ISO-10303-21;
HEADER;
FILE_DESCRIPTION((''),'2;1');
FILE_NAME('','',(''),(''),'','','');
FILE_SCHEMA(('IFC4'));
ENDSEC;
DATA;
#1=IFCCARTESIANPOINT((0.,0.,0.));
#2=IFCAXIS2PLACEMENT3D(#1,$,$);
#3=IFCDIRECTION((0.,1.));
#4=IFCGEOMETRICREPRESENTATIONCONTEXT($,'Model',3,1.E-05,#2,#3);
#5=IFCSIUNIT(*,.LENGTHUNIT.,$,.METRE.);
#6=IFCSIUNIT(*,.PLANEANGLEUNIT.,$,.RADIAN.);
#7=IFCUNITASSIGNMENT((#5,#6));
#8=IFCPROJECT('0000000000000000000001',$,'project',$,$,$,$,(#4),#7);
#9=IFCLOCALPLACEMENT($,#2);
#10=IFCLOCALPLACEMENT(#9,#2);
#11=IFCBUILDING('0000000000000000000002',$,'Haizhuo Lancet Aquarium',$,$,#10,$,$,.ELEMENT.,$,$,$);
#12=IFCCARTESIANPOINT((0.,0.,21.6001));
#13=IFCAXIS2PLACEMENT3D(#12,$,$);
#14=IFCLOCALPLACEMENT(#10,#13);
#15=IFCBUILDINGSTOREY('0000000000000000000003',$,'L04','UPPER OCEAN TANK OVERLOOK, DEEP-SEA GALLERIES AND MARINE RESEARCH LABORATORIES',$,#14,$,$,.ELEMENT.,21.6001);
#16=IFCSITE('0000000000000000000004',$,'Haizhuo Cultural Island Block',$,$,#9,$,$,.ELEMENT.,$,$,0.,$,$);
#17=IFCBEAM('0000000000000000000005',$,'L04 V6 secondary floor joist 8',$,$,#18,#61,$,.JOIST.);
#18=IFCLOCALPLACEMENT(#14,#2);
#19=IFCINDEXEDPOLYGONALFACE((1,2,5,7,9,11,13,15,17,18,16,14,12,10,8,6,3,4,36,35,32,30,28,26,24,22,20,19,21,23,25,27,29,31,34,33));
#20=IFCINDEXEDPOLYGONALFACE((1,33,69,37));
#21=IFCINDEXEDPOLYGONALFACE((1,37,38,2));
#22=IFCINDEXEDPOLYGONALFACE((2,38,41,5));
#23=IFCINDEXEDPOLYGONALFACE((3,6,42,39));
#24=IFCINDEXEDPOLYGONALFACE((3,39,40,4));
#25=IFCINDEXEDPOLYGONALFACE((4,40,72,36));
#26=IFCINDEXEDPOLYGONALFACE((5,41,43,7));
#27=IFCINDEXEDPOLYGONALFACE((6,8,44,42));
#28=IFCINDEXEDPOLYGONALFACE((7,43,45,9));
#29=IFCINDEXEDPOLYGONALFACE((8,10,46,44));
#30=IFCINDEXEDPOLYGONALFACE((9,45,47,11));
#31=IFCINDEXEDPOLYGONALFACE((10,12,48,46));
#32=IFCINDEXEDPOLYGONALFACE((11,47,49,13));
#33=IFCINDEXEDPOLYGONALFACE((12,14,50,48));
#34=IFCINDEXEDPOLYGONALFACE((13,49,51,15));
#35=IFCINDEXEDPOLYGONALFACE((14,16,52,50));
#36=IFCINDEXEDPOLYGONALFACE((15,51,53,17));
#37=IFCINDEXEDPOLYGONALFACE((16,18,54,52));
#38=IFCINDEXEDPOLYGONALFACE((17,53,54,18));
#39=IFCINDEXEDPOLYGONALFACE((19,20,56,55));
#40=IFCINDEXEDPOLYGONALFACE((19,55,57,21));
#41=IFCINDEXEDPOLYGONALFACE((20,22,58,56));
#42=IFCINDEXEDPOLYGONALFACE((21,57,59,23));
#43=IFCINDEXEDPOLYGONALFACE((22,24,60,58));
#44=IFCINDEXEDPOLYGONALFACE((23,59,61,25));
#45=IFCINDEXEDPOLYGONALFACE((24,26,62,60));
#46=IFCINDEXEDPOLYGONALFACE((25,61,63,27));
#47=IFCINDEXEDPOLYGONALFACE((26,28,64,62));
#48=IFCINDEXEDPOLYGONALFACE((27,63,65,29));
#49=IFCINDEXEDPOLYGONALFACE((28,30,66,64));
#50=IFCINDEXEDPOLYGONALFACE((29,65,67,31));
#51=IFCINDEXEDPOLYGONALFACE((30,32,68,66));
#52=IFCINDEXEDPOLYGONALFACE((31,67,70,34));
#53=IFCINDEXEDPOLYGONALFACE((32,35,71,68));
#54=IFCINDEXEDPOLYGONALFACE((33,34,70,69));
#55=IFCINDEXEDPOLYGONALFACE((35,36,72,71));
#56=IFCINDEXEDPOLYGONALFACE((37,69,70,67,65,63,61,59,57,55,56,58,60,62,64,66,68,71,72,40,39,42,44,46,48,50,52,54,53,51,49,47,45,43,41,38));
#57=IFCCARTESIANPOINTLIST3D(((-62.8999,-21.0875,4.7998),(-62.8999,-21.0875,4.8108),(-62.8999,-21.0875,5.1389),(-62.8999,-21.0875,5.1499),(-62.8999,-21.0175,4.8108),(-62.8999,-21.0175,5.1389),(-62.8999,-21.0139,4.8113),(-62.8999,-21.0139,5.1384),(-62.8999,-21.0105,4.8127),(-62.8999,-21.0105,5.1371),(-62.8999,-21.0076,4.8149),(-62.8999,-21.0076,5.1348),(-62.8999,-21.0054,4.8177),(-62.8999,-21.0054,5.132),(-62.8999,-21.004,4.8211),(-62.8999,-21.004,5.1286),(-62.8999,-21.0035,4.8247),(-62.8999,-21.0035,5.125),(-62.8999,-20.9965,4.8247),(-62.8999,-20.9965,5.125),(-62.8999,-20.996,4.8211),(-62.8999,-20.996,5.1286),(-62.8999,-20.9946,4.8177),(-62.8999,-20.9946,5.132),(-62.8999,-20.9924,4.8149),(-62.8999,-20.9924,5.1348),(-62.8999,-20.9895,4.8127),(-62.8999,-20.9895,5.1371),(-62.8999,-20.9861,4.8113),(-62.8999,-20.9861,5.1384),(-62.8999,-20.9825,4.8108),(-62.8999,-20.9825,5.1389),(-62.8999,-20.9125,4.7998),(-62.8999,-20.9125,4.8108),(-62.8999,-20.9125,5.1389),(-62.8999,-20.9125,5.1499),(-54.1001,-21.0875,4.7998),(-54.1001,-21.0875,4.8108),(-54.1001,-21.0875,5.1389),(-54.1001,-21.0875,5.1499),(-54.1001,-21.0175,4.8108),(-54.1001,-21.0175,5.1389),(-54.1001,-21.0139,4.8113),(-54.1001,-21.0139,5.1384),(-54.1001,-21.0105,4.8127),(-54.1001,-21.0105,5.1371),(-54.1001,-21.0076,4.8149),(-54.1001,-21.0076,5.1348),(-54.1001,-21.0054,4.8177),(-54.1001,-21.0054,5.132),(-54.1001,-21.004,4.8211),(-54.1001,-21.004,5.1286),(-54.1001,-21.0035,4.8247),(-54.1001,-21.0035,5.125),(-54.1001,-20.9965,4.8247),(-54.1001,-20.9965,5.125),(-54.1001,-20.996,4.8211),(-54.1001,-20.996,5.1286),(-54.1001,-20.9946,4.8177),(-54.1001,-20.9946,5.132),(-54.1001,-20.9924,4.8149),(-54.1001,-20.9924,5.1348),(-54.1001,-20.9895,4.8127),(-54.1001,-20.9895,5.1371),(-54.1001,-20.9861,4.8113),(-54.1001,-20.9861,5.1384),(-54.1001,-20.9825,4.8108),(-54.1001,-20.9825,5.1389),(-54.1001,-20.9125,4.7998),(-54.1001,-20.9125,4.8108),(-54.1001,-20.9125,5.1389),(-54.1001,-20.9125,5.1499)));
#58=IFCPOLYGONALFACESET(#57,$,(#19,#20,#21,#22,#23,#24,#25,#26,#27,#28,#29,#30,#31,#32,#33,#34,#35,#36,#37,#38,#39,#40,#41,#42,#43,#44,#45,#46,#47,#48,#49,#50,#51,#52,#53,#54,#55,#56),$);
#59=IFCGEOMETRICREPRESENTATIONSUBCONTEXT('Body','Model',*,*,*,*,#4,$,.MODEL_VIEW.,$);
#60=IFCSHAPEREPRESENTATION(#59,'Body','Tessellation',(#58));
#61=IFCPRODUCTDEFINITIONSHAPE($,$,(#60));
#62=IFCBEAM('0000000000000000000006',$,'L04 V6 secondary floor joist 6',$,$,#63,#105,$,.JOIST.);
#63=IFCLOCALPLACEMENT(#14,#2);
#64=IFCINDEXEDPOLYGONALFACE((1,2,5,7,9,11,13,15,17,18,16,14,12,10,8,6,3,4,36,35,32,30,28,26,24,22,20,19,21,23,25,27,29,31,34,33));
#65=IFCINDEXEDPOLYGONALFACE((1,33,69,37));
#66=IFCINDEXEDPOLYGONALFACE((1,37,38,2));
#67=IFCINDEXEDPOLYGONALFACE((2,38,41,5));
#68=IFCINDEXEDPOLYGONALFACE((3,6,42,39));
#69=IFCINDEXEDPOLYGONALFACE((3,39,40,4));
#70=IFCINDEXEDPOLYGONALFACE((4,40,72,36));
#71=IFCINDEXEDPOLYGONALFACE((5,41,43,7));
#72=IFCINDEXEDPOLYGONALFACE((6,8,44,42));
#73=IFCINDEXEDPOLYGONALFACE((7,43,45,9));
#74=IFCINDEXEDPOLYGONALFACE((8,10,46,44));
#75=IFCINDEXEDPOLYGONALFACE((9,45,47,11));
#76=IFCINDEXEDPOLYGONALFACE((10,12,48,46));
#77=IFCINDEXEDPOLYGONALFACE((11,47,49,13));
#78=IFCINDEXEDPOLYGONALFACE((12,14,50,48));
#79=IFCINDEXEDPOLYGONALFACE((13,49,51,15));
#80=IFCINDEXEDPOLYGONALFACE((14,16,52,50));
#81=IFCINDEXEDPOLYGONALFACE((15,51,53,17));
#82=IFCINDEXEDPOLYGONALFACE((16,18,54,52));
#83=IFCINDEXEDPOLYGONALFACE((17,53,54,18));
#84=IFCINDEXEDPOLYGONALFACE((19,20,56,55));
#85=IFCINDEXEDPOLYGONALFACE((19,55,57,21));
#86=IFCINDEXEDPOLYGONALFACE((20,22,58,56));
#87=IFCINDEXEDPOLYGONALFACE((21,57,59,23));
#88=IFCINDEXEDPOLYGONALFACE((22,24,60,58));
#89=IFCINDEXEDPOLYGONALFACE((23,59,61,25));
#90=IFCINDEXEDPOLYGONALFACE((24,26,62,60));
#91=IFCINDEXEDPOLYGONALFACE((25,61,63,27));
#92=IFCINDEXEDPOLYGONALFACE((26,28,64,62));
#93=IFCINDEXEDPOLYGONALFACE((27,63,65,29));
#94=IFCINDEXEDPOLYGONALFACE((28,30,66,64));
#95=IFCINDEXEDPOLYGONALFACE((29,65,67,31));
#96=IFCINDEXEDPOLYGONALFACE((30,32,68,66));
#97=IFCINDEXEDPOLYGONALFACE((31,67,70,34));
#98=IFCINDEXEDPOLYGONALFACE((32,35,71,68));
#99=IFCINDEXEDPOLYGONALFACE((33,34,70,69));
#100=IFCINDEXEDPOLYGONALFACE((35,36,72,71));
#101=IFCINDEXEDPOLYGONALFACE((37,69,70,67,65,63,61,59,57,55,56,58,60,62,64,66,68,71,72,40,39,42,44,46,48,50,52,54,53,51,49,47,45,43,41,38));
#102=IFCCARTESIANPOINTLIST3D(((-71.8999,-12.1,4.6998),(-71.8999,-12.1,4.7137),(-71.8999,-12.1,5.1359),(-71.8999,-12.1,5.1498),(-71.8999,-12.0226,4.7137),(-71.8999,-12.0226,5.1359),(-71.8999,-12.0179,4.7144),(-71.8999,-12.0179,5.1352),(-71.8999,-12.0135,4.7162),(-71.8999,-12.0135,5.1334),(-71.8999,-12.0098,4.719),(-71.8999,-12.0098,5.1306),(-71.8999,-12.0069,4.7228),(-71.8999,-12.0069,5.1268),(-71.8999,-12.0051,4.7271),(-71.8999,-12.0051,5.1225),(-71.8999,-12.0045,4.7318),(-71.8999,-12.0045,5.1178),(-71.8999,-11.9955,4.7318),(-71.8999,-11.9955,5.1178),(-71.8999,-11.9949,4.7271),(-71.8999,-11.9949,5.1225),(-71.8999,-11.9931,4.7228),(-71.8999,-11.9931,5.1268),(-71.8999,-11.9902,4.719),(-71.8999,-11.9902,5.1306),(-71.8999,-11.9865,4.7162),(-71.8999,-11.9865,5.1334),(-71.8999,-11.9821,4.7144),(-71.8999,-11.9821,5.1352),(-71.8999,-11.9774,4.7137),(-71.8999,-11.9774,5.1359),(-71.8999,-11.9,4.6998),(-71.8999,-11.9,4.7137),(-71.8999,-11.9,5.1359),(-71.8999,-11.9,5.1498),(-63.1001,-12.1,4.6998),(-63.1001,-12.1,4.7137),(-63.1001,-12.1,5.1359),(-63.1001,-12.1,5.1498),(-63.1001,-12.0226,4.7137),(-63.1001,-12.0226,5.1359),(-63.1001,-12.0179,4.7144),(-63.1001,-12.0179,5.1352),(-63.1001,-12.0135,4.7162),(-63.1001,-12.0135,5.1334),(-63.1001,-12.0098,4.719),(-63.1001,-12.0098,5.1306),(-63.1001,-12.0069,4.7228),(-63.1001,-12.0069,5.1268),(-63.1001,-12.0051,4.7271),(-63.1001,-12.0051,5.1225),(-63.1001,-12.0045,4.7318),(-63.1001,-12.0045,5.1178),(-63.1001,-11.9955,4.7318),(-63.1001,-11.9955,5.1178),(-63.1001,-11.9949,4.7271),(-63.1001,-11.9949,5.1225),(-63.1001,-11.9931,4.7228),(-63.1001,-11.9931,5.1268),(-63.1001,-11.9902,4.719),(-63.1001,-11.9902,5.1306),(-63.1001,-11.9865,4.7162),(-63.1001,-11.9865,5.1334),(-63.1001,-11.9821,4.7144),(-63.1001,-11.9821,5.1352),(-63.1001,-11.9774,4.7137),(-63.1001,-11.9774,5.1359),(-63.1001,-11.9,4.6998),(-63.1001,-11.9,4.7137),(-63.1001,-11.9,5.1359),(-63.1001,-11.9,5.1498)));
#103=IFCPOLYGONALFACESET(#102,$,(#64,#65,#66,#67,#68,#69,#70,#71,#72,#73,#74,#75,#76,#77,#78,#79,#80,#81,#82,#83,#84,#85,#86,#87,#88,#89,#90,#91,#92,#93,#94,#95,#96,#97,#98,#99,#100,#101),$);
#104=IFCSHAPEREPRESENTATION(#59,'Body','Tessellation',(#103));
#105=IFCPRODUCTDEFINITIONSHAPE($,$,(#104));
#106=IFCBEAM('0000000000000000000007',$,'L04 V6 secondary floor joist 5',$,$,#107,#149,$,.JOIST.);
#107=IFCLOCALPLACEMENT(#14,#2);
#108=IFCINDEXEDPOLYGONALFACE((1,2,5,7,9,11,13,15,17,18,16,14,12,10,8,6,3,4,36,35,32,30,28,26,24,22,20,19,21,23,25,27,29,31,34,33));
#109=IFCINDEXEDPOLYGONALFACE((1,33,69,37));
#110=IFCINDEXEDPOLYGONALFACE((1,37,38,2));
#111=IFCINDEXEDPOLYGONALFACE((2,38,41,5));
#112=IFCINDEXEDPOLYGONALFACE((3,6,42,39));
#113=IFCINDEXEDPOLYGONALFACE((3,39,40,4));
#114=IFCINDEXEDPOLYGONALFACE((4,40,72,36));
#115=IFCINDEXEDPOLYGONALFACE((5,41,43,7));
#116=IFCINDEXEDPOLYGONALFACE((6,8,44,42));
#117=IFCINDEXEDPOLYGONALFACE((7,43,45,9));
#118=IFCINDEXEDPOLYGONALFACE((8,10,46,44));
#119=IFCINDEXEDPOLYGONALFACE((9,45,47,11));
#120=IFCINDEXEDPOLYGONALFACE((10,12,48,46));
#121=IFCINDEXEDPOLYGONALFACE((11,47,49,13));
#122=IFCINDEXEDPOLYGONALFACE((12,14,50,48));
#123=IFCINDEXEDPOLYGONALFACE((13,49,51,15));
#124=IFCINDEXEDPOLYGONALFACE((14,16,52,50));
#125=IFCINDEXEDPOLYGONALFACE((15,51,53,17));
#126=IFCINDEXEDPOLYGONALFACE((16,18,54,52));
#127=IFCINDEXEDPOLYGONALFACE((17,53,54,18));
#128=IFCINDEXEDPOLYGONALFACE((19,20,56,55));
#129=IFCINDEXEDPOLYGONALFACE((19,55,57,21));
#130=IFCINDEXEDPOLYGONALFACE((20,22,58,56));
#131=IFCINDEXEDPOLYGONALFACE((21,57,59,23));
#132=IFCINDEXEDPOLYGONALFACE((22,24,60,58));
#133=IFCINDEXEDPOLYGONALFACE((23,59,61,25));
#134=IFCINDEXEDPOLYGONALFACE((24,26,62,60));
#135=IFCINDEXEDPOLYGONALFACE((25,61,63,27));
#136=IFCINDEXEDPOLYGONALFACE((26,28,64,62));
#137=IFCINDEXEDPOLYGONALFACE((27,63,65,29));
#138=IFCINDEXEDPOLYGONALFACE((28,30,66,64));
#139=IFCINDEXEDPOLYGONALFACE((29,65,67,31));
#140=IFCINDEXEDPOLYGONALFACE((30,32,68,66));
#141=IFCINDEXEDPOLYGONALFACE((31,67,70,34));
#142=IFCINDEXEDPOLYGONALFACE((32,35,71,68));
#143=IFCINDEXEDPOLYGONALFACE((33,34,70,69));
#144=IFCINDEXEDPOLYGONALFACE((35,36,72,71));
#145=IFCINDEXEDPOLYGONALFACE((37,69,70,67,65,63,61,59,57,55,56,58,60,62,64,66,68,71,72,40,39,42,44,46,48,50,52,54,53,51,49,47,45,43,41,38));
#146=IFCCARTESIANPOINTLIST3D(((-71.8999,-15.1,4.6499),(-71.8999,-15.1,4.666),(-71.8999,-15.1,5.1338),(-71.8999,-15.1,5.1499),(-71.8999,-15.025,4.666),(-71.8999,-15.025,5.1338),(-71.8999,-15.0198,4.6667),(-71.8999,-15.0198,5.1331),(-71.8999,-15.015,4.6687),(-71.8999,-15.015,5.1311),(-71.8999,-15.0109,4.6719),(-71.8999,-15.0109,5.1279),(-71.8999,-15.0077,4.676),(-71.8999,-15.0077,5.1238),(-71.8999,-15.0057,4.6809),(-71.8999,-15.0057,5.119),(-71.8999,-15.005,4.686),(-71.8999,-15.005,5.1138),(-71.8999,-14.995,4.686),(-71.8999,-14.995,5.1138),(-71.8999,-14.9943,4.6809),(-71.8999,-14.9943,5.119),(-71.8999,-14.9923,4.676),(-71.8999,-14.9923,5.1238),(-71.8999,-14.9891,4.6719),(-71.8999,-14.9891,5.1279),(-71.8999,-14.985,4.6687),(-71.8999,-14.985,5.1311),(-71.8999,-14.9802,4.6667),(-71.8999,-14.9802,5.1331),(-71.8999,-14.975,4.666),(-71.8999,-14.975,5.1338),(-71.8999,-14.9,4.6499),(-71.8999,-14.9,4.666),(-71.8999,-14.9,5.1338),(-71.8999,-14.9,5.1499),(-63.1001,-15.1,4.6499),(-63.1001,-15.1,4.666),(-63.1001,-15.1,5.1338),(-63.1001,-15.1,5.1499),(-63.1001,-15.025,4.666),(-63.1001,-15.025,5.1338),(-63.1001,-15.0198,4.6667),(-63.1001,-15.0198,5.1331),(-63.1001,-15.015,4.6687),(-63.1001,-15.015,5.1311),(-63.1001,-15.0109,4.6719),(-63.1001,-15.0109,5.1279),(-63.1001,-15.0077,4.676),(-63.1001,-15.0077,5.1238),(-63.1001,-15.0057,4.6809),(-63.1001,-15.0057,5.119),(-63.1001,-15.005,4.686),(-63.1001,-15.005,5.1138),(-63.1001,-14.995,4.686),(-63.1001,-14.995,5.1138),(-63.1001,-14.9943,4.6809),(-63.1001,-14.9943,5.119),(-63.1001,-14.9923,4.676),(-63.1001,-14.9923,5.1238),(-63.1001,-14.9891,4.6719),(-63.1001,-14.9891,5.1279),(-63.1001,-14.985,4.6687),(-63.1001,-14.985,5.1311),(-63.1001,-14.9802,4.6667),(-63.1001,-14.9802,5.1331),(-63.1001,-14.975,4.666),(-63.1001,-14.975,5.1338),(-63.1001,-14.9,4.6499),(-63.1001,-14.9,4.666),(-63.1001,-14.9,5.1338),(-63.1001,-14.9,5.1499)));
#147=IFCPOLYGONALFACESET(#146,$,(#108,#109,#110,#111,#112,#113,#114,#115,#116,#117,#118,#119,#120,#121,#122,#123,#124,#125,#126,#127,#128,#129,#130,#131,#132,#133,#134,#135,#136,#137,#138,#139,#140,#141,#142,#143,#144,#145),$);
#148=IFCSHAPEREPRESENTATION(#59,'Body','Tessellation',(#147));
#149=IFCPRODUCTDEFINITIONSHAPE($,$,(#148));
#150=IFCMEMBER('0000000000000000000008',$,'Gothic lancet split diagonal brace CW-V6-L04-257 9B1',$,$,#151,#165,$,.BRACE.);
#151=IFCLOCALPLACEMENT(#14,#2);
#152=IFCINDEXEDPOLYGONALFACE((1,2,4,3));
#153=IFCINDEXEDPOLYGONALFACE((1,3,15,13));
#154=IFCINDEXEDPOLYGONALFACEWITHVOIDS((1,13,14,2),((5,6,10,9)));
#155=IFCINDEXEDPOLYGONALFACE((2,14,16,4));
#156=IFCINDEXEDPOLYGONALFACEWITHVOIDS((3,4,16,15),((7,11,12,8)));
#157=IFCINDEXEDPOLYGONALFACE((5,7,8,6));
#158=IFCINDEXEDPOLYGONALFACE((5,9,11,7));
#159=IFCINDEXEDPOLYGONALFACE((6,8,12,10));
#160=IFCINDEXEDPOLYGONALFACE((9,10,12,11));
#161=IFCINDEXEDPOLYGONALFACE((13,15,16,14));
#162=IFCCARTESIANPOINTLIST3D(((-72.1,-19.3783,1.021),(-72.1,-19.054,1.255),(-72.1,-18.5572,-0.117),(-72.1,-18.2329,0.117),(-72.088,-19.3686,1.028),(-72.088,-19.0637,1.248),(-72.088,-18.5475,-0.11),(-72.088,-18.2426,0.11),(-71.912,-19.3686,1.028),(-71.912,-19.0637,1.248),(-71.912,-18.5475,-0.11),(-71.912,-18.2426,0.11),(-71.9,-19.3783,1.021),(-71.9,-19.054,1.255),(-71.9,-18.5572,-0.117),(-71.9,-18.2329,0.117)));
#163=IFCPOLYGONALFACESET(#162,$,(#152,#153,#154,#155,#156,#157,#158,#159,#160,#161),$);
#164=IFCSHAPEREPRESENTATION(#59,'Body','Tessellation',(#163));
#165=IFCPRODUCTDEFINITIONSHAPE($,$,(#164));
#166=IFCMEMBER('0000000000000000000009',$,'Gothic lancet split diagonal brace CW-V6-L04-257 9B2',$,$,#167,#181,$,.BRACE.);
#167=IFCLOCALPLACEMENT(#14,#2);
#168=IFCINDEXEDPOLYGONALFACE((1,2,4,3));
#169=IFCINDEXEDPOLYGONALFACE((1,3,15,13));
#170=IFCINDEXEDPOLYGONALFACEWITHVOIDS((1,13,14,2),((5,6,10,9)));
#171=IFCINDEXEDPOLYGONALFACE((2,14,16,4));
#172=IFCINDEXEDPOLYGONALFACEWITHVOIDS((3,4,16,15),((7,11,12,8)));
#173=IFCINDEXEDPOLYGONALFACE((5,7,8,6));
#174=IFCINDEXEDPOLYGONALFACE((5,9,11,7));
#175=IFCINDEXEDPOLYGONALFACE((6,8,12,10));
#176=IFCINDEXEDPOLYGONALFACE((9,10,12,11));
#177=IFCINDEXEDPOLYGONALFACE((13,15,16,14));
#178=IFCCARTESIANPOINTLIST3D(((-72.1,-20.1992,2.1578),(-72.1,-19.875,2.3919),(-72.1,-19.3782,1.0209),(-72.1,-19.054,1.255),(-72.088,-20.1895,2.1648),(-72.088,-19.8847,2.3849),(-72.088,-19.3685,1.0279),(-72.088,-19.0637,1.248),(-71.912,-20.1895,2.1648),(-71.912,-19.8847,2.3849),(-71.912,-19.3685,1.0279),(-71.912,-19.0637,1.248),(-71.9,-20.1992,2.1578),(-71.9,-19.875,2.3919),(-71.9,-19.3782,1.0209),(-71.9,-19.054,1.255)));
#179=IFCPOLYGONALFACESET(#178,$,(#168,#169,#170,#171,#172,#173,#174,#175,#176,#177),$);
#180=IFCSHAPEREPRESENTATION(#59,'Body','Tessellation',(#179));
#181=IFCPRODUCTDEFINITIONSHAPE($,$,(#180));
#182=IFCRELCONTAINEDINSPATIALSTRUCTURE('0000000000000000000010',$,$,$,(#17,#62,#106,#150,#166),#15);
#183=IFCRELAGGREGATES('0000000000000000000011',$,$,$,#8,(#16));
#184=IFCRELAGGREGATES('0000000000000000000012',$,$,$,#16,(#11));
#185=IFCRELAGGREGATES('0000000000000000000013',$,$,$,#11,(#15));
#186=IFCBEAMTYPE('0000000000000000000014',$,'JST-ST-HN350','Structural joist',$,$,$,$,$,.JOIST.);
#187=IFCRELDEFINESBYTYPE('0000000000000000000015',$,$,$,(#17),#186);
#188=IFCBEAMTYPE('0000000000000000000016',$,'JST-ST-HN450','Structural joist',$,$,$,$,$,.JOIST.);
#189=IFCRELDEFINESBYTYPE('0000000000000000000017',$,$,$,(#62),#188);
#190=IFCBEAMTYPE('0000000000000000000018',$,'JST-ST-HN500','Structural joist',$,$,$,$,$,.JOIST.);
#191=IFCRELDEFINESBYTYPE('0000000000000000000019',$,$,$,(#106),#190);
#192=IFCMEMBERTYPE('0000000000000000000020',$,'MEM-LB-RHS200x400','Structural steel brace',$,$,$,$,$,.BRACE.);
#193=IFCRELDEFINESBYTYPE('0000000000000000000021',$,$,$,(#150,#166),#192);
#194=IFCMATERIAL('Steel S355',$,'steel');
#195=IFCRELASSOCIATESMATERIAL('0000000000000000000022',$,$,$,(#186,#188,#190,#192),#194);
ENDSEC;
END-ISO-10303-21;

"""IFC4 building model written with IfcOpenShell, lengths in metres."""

from ifc_helpers import new_model, si_unit, direction, frame, origin, origin_2d, place, context, subcontext, project, spatial, hollow_rectangle, i_section, extrude, material, material_profile, profile_set, type_object, element, save


model = new_model("IFC4")

# Units and contexts
model_context = context("Model", 3, precision=1e-05, world=origin(), true_north=direction((0.0, 1.0)))
body_context = subcontext(model_context, "Body", "Model", "MODEL_VIEW")
ifc_project = project(units=[si_unit("LENGTHUNIT", "METRE"), si_unit("PLANEANGLEUNIT", "RADIAN")], contexts=[model_context])

# Site, building, storey
site_placement = place(None, origin())
site = spatial("IfcSite", under=ifc_project, at=site_placement, Name="Haizhuo Cultural Island Block", CompositionType="ELEMENT", RefElevation=0.0)
building_placement = place(site_placement, origin())
building = spatial("IfcBuilding", under=site, at=building_placement, Name="Haizhuo Lancet Aquarium", CompositionType="ELEMENT")
storey_placement = place(building_placement, frame((0.0, 0.0, 21.6001)))
storey = spatial("IfcBuildingStorey", under=building, at=storey_placement, Name="L04", Description="UPPER OCEAN TANK OVERLOOK, DEEP-SEA GALLERIES AND MARINE RESEARCH LABORATORIES", CompositionType="ELEMENT", Elevation=21.6001)

# Shared definitions
ifc_material_1 = material(Name="Steel S355", Category="steel")

# Beams
ifc_material_profile_1 = material_profile(ifc_material_1, i_section(OverallWidth=0.175, OverallDepth=0.3501, WebThickness=0.0071, FlangeThickness=0.011, FilletRadius=0.0139, at=origin_2d()), Name="HN 350x175x7x11")
ifc_profile_set_1 = profile_set([ifc_material_profile_1], Name="Steel S355")
beam_type_1 = type_object("IfcBeamType", Name="JST-ST-HN350", Description="Structural joist", PredefinedType="JOIST", material=ifc_profile_set_1)
beam_1_placement = place(storey_placement, frame((-62.8999, -21.0, 4.9749), z_axis=(1.0, 0.0, 0.0), x_axis=(0.0, 1.0, 0.0)))
element("IfcBeam", 1, at=beam_1_placement, inside=storey, type_object=beam_type_1, Name="L04 V6 secondary floor joist 8", PredefinedType="JOIST", context=body_context, shape_type="SweptSolid", body=[
    extrude(i_section(OverallWidth=0.175, OverallDepth=0.3501, WebThickness=0.0071, FlangeThickness=0.011, FilletRadius=0.0139, at=origin_2d()), origin(), (0.0, 0.0, 1.0), 8.7998),
])
ifc_material_profile_2 = material_profile(ifc_material_1, i_section(OverallWidth=0.2, OverallDepth=0.45, WebThickness=0.009, FlangeThickness=0.0139, FilletRadius=0.0181, at=origin_2d()), Name="HN 450x200x9x14")
ifc_profile_set_2 = profile_set([ifc_material_profile_2], Name="Steel S355")
beam_type_2 = type_object("IfcBeamType", Name="JST-ST-HN450", Description="Structural joist", PredefinedType="JOIST", material=ifc_profile_set_2)
beam_2_placement = place(storey_placement, frame((-71.8999, -12.0, 4.9248), z_axis=(1.0, 0.0, 0.0), x_axis=(0.0, 1.0, 0.0)))
element("IfcBeam", 2, at=beam_2_placement, inside=storey, type_object=beam_type_2, Name="L04 V6 secondary floor joist 6", PredefinedType="JOIST", context=body_context, shape_type="SweptSolid", body=[
    extrude(i_section(OverallWidth=0.2, OverallDepth=0.45, WebThickness=0.009, FlangeThickness=0.0139, FilletRadius=0.0181, at=origin_2d()), origin(), (0.0, 0.0, 1.0), 8.7998),
])
ifc_material_profile_3 = material_profile(ifc_material_1, i_section(OverallWidth=0.2, OverallDepth=0.5, WebThickness=0.01, FlangeThickness=0.0161, FilletRadius=0.02, at=origin_2d()), Name="HN 500x200x10x16")
ifc_profile_set_3 = profile_set([ifc_material_profile_3], Name="Steel S355")
beam_type_3 = type_object("IfcBeamType", Name="JST-ST-HN500", Description="Structural joist", PredefinedType="JOIST", material=ifc_profile_set_3)
beam_3_placement = place(storey_placement, frame((-71.8999, -15.0, 4.8999), z_axis=(1.0, 0.0, 0.0), x_axis=(0.0, 1.0, 0.0)))
element("IfcBeam", 3, at=beam_3_placement, inside=storey, type_object=beam_type_3, Name="L04 V6 secondary floor joist 5", PredefinedType="JOIST", context=body_context, shape_type="SweptSolid", body=[
    extrude(i_section(OverallWidth=0.2, OverallDepth=0.5, WebThickness=0.01, FlangeThickness=0.0161, FilletRadius=0.02, at=origin_2d()), origin(), (0.0, 0.0, 1.0), 8.7998),
])

# Members
ifc_material_profile_4 = material_profile(ifc_material_1, hollow_rectangle(XDim=0.2, YDim=0.3999, WallThickness=0.012, at=origin_2d()), Name="RHS 200x400x12")
ifc_profile_set_4 = profile_set([ifc_material_profile_4], Name="Steel S355")
member_type_1 = type_object("IfcMemberType", Name="MEM-LB-RHS200x400", Description="Structural steel brace", PredefinedType="BRACE", material=ifc_profile_set_4)
member_1_placement = place(storey_placement, frame((-72.0, -18.395, 0.0), z_axis=(0.0, -0.585116, 0.81095), x_axis=(1.0, 0.0, 0.0)))
element("IfcMember", 4, at=member_1_placement, inside=storey, type_object=member_type_1, Name="Gothic lancet split diagonal brace CW-V6-L04-257 9B1", PredefinedType="BRACE", context=body_context, shape_type="SweptSolid", body=[
    extrude(hollow_rectangle(XDim=0.2, YDim=0.3999, WallThickness=0.012, at=origin_2d()), origin(), (0.0, 0.0, 1.0), 1.4033),
])
for number, where, z_axis, x_axis, name in (
    (5, (-72.0, -19.2161, 1.1379), (0.0, -0.585446, 0.810711), (1.0, 0.0, 0.0), "Gothic lancet split diagonal brace CW-V6-L04-257 9B2"),
):
    element("IfcMember", number, at=place(storey_placement, frame(where, z_axis=z_axis, x_axis=x_axis)), inside=storey, type_object=member_type_1, Name=name, PredefinedType="BRACE", context=body_context, shape_type="SweptSolid", body=[
        extrude(hollow_rectangle(XDim=0.2, YDim=0.3999, WallThickness=0.012, at=origin_2d()), origin(), (0.0, 0.0, 1.0), 1.4023),
    ])

save(model, "model.ifc")
